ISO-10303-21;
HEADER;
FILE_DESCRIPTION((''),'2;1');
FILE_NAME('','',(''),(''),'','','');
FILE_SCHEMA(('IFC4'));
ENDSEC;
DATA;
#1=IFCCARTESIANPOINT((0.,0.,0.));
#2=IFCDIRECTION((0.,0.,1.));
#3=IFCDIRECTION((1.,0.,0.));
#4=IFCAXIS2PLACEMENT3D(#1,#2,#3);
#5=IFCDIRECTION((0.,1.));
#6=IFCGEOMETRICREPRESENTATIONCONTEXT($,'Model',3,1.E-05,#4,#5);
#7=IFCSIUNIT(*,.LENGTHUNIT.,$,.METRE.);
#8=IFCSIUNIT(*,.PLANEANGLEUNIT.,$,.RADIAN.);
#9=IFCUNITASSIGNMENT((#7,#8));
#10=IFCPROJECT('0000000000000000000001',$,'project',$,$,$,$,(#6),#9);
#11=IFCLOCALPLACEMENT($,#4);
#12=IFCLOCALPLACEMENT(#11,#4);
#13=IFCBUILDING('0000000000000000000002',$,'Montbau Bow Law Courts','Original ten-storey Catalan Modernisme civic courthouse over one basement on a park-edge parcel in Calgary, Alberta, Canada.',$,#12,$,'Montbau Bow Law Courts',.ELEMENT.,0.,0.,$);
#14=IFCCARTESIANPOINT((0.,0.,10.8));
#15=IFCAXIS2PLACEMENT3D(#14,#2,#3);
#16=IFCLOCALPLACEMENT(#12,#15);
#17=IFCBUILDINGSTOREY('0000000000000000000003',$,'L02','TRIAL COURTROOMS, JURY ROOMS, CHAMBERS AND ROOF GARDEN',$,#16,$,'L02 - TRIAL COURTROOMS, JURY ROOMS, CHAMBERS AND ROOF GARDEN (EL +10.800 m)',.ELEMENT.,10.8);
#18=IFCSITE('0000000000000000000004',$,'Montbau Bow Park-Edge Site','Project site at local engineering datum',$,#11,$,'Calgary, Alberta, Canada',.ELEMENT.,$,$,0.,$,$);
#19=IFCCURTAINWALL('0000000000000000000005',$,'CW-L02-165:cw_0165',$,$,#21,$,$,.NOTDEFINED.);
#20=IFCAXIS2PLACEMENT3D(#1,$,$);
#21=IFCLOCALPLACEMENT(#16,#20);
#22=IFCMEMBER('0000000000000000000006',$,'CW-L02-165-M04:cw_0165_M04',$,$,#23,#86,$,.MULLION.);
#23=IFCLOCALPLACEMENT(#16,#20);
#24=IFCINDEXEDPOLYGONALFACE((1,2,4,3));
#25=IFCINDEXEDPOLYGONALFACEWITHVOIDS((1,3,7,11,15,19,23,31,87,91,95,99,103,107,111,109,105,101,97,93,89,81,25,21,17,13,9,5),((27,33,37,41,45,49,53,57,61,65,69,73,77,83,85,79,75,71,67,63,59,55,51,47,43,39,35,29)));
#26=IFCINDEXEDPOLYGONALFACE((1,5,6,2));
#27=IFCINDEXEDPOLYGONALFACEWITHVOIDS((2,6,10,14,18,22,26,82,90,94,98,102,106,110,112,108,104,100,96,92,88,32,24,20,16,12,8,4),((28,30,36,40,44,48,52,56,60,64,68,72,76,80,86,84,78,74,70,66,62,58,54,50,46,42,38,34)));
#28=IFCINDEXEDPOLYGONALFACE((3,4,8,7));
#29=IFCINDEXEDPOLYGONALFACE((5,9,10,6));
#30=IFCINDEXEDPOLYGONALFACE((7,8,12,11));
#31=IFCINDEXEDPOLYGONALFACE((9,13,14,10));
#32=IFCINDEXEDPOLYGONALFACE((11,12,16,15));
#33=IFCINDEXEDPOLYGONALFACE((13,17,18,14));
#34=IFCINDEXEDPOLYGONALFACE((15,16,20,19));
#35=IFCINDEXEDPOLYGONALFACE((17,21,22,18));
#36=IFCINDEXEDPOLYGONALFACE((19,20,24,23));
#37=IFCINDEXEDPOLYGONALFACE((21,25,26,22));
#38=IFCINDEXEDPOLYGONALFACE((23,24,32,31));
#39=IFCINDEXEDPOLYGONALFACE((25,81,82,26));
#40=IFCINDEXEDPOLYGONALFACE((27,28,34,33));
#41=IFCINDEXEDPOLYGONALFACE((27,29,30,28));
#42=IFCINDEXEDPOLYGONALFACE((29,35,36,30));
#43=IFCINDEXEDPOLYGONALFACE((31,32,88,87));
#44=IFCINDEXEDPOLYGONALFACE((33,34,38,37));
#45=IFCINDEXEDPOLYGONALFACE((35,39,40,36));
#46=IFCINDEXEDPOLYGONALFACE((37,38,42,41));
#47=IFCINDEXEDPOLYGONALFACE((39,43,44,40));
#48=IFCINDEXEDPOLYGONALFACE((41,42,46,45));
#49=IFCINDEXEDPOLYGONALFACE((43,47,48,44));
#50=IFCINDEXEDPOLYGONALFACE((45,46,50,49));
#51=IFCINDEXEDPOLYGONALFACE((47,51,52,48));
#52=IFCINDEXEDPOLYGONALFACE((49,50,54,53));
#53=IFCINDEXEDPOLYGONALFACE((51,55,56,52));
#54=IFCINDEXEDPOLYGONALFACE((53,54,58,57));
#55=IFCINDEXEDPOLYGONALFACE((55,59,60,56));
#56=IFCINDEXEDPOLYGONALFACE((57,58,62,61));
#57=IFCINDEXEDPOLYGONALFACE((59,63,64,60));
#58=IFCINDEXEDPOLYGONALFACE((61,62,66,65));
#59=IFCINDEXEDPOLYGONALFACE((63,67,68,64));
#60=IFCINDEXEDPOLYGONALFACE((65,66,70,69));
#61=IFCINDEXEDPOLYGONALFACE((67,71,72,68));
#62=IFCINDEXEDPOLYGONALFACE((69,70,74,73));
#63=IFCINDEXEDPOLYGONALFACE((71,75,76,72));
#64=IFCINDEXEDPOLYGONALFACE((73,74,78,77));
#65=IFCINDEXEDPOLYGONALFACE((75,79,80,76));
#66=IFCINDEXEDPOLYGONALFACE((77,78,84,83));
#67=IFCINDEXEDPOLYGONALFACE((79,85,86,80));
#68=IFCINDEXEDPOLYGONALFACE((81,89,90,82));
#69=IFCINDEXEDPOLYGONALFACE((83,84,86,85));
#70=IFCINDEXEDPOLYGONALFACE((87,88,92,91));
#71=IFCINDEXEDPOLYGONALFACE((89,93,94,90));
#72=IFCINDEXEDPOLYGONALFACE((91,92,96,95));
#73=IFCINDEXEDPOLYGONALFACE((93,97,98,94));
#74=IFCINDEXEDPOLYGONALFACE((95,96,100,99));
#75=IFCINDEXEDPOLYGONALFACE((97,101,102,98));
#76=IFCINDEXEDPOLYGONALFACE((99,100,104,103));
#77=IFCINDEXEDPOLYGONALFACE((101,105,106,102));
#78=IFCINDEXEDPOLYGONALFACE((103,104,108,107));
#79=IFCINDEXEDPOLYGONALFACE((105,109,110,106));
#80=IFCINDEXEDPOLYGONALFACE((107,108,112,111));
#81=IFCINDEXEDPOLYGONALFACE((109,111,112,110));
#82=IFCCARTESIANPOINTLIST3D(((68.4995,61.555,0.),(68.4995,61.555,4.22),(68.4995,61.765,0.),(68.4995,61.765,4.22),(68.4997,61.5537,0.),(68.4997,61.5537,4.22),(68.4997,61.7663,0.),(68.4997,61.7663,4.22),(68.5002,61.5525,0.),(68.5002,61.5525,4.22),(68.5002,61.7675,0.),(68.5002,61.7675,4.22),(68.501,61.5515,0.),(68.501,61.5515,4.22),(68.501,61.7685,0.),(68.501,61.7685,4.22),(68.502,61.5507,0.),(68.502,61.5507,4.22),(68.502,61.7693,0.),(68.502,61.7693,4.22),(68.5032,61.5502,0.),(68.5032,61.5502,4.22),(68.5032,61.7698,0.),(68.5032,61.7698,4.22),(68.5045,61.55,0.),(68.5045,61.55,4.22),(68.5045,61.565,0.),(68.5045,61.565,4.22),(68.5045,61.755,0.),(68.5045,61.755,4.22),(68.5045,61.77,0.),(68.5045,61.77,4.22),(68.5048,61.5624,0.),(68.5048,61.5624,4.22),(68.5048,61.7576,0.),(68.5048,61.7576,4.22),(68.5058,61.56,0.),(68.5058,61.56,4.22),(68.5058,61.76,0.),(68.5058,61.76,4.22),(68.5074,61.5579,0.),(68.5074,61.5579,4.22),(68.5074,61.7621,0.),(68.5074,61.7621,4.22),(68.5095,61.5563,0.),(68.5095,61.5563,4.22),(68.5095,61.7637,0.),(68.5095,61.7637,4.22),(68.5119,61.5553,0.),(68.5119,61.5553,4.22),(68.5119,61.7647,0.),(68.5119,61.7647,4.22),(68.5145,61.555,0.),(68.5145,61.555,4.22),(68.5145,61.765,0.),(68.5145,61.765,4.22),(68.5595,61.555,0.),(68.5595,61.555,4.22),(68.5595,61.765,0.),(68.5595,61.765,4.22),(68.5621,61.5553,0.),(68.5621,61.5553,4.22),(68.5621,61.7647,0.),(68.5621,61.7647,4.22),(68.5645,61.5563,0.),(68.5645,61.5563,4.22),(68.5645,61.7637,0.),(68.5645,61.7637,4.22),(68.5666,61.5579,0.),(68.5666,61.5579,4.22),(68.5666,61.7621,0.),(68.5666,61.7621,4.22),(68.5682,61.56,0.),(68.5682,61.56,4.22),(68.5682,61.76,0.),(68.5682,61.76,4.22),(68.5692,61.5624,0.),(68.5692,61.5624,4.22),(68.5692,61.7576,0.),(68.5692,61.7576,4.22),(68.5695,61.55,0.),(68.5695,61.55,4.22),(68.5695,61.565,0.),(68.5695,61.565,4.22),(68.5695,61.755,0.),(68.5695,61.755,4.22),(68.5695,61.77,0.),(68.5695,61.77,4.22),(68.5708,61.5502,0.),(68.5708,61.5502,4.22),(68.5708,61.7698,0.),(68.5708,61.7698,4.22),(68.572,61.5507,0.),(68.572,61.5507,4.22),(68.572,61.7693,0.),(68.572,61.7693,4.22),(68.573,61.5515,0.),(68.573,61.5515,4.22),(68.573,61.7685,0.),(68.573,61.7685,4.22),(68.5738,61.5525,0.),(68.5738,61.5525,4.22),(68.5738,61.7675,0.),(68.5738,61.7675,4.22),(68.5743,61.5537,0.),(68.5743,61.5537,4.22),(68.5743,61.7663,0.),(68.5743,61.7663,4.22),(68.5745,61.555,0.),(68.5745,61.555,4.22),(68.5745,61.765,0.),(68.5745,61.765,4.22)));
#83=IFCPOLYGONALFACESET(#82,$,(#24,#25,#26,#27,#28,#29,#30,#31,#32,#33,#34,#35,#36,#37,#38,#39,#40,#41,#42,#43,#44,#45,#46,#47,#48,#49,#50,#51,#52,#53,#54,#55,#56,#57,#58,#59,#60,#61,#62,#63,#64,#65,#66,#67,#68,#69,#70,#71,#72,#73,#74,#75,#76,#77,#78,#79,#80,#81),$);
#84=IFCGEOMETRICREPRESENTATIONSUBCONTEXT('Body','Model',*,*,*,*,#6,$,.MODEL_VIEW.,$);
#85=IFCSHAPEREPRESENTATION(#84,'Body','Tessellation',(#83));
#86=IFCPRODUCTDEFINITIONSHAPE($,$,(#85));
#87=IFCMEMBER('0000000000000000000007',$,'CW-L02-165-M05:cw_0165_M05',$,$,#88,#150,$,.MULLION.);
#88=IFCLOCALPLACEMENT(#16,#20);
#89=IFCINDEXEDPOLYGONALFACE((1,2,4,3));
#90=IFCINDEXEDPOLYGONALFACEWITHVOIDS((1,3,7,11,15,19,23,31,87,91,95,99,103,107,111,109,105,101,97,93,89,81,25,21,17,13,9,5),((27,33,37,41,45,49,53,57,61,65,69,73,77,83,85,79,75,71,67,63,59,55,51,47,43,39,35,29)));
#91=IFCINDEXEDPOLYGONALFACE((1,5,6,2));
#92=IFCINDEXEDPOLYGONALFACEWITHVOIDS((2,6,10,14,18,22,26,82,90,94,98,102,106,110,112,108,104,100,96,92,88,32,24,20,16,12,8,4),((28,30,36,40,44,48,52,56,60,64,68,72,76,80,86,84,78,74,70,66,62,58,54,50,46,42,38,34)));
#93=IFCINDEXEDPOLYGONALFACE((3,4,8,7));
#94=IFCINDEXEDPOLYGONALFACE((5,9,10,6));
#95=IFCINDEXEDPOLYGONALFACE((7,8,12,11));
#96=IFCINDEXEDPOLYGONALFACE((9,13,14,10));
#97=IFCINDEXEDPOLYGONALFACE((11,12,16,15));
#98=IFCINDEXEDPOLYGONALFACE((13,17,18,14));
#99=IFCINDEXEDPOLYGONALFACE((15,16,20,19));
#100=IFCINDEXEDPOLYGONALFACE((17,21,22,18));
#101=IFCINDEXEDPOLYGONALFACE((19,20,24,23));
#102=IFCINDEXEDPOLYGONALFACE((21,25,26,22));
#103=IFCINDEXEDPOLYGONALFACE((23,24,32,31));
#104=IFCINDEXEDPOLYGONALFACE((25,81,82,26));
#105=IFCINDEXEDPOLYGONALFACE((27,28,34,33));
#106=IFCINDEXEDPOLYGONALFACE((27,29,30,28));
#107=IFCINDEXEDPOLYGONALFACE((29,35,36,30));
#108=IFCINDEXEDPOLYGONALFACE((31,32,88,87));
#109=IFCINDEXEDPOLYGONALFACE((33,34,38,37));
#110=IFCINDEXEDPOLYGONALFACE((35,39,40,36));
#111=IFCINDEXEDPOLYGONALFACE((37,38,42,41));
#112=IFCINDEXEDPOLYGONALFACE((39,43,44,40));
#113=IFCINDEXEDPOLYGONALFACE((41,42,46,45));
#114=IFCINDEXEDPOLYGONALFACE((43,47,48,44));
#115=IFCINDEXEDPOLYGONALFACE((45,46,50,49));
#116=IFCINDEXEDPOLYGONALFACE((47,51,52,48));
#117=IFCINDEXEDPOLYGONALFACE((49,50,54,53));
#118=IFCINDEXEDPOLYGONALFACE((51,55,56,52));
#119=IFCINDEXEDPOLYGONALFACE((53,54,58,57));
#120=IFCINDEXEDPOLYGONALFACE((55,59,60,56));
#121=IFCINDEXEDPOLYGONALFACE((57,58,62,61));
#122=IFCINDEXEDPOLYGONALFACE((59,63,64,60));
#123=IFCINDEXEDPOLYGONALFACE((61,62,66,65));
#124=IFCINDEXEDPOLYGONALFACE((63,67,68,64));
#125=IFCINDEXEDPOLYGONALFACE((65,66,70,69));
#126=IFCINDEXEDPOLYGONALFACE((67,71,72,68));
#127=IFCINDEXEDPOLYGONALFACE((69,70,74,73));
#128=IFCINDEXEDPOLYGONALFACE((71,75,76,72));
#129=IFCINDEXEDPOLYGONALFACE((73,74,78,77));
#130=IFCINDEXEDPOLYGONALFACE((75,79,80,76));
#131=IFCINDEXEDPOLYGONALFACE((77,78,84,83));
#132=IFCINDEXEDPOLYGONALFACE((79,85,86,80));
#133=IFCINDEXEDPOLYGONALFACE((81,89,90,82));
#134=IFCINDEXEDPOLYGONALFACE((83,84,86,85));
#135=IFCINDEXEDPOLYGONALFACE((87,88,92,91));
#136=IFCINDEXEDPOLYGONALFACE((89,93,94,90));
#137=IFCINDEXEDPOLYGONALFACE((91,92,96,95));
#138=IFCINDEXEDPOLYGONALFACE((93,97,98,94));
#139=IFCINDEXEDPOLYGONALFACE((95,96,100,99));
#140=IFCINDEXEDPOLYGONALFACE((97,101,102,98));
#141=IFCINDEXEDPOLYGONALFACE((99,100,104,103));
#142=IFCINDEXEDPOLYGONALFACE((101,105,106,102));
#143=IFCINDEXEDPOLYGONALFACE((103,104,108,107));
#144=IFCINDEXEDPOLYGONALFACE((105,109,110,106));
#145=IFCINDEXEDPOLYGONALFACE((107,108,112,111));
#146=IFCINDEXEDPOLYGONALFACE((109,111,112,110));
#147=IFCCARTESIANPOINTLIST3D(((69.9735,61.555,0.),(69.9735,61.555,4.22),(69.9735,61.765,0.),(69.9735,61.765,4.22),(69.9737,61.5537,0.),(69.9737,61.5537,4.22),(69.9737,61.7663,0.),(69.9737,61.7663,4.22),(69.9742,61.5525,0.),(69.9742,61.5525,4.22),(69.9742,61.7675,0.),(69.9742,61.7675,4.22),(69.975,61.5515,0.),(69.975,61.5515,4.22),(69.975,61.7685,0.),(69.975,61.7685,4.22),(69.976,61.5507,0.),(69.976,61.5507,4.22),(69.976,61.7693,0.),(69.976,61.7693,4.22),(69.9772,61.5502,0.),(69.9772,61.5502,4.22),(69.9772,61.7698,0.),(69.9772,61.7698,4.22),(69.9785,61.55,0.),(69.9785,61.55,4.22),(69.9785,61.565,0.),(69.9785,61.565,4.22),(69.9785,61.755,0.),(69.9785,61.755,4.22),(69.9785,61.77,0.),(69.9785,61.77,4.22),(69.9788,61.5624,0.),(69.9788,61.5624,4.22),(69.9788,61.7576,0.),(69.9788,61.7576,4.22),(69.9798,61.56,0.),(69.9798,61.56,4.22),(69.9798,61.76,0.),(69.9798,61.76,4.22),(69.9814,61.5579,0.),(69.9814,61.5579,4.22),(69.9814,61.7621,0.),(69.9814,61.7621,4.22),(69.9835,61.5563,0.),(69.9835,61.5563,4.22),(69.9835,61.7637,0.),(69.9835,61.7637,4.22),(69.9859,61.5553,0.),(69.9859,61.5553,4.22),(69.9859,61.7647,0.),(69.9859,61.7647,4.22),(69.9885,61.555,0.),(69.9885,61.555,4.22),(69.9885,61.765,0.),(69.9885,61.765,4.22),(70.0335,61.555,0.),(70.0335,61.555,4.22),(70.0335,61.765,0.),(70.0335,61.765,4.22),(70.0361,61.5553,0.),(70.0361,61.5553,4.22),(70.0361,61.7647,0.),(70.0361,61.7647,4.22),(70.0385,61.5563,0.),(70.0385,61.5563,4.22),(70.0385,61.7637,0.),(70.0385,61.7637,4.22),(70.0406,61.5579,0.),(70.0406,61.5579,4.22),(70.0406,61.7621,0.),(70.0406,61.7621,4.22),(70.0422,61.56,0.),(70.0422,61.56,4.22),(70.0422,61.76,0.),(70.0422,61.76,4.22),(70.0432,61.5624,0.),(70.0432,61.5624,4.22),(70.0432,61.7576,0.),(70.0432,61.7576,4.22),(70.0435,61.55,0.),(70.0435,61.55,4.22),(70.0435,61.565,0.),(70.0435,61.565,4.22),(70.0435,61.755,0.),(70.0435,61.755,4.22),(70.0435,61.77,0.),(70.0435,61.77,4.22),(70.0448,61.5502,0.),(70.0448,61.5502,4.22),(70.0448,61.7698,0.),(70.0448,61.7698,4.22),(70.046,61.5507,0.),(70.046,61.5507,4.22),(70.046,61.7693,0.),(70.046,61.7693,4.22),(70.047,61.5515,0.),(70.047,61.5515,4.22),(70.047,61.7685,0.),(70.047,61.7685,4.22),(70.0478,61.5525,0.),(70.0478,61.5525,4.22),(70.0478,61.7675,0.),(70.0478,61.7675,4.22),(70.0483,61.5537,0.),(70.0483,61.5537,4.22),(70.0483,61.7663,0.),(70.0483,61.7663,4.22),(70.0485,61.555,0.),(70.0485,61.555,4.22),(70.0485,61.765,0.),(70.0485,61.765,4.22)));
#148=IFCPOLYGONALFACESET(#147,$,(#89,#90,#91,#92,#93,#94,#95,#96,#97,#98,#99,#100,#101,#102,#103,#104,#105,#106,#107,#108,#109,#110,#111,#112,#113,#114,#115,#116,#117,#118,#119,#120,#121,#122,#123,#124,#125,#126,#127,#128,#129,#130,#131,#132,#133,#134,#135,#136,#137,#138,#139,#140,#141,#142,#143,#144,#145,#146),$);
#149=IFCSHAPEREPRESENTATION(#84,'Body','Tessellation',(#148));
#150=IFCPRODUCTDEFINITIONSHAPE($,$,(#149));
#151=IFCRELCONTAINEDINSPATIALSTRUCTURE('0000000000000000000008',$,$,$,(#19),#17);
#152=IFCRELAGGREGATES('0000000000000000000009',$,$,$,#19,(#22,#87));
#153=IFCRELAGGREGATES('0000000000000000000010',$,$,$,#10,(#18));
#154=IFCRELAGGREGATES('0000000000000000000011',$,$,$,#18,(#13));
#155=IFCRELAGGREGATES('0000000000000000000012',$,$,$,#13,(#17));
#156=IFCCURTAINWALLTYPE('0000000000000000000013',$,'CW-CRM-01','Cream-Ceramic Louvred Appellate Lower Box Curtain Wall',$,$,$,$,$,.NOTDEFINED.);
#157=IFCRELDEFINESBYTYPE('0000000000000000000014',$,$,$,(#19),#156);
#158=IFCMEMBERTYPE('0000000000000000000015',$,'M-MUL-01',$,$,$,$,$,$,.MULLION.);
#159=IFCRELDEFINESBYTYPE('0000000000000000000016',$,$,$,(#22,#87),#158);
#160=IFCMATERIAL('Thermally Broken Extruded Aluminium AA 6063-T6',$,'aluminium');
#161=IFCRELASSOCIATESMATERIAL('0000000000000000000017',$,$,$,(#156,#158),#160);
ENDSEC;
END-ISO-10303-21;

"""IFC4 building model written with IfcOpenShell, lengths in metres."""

from ifc_helpers import new_model, si_unit, direction, frame, origin_with_axes, origin_2d_with_axis, place, context, subcontext, project, spatial, hollow_rectangle, extrude, material, material_profile, profile_set, type_object, element, aggregate, save


model = new_model("IFC4")

# Units and contexts
model_context = context("Model", 3, precision=1e-05, world=origin_with_axes(), true_north=direction((0.0, 1.0)))
body_context = subcontext(model_context, "Body", "Model", "MODEL_VIEW")
ifc_project = project(units=[si_unit("LENGTHUNIT", "METRE"), si_unit("PLANEANGLEUNIT", "RADIAN")], contexts=[model_context])

# Site, building, storey
site_placement = place(None, origin_with_axes())
site = spatial("IfcSite", under=ifc_project, at=site_placement, Name="Montbau Bow Park-Edge Site", Description="Project site at local engineering datum", LongName="Calgary, Alberta, Canada", CompositionType="ELEMENT", RefElevation=0.0)
building_placement = place(site_placement, origin_with_axes())
building = spatial("IfcBuilding", under=site, at=building_placement, Name="Montbau Bow Law Courts", Description="Original ten-storey Catalan Modernisme civic courthouse over one basement on a park-edge parcel in Calgary, Alberta, Canada.", LongName="Montbau Bow Law Courts", CompositionType="ELEMENT", ElevationOfRefHeight=0.0, ElevationOfTerrain=0.0)
storey_placement = place(building_placement, frame((0.0, 0.0, 10.8), z_axis=(0.0, 0.0, 1.0), x_axis=(1.0, 0.0, 0.0)))
storey = spatial("IfcBuildingStorey", under=building, at=storey_placement, Name="L02", Description="TRIAL COURTROOMS, JURY ROOMS, CHAMBERS AND ROOF GARDEN", LongName="L02 - TRIAL COURTROOMS, JURY ROOMS, CHAMBERS AND ROOF GARDEN (EL +10.800 m)", CompositionType="ELEMENT", Elevation=10.8)

# Curtain wall, members
ifc_material_1 = material(Name="Thermally Broken Extruded Aluminium AA 6063-T6", Category="aluminium")
curtain_wall_type = type_object("IfcCurtainWallType", Name="CW-CRM-01", Description="Cream-Ceramic Louvred Appellate Lower Box Curtain Wall", PredefinedType="NOTDEFINED", material=ifc_material_1)
curtain_wall_placement = place(None, frame((64.115, 61.66, 10.8), z_axis=(0.0, 0.0, 1.0), x_axis=(1.0, 0.0, 0.0)))
curtain_wall = element("IfcCurtainWall", 1, at=curtain_wall_placement, inside=storey, type_object=curtain_wall_type, Name="CW-L02-165:cw_0165", PredefinedType="NOTDEFINED")
ifc_material_profile_1 = material_profile(ifc_material_1, hollow_rectangle(XDim=0.075, YDim=0.22, WallThickness=0.005, InnerFilletRadius=0.01, OuterFilletRadius=0.005, at=origin_2d_with_axis()), Name="CWM-220X75", Category="Main", Priority=0)
ifc_profile_set_1 = profile_set([ifc_material_profile_1], Name="Thermally Broken Extruded Aluminium AA 6063-T6")
member_type_1 = type_object("IfcMemberType", Name="M-MUL-01", PredefinedType="MULLION", material=ifc_profile_set_1)
member_1_placement = place(None, frame((68.537, 61.66, 10.8), z_axis=(0.0, 0.0, 1.0), x_axis=(1.0, 0.0, 0.0)))
member_1 = element("IfcMember", 2, at=member_1_placement, type_object=member_type_1, Name="CW-L02-165-M04:cw_0165_M04", PredefinedType="MULLION", context=body_context, shape_type="SweptSolid", body=[
    extrude(hollow_rectangle(XDim=0.075, YDim=0.22, WallThickness=0.005, InnerFilletRadius=0.01, OuterFilletRadius=0.005, at=origin_2d_with_axis()), origin_with_axes(), (0.0, 0.0, 1.0), 4.22),
])
member_2_placement = place(None, frame((70.011, 61.66, 10.8), z_axis=(0.0, 0.0, 1.0), x_axis=(1.0, 0.0, 0.0)))
member_2 = element("IfcMember", 3, at=member_2_placement, type_object=member_type_1, Name="CW-L02-165-M05:cw_0165_M05", PredefinedType="MULLION", context=body_context, shape_type="SweptSolid", body=[
    extrude(hollow_rectangle(XDim=0.075, YDim=0.22, WallThickness=0.005, InnerFilletRadius=0.01, OuterFilletRadius=0.005, at=origin_2d_with_axis()), origin_with_axes(), (0.0, 0.0, 1.0), 4.22),
])
aggregate(curtain_wall, [member_1, member_2])

save(model, "model.ifc")
